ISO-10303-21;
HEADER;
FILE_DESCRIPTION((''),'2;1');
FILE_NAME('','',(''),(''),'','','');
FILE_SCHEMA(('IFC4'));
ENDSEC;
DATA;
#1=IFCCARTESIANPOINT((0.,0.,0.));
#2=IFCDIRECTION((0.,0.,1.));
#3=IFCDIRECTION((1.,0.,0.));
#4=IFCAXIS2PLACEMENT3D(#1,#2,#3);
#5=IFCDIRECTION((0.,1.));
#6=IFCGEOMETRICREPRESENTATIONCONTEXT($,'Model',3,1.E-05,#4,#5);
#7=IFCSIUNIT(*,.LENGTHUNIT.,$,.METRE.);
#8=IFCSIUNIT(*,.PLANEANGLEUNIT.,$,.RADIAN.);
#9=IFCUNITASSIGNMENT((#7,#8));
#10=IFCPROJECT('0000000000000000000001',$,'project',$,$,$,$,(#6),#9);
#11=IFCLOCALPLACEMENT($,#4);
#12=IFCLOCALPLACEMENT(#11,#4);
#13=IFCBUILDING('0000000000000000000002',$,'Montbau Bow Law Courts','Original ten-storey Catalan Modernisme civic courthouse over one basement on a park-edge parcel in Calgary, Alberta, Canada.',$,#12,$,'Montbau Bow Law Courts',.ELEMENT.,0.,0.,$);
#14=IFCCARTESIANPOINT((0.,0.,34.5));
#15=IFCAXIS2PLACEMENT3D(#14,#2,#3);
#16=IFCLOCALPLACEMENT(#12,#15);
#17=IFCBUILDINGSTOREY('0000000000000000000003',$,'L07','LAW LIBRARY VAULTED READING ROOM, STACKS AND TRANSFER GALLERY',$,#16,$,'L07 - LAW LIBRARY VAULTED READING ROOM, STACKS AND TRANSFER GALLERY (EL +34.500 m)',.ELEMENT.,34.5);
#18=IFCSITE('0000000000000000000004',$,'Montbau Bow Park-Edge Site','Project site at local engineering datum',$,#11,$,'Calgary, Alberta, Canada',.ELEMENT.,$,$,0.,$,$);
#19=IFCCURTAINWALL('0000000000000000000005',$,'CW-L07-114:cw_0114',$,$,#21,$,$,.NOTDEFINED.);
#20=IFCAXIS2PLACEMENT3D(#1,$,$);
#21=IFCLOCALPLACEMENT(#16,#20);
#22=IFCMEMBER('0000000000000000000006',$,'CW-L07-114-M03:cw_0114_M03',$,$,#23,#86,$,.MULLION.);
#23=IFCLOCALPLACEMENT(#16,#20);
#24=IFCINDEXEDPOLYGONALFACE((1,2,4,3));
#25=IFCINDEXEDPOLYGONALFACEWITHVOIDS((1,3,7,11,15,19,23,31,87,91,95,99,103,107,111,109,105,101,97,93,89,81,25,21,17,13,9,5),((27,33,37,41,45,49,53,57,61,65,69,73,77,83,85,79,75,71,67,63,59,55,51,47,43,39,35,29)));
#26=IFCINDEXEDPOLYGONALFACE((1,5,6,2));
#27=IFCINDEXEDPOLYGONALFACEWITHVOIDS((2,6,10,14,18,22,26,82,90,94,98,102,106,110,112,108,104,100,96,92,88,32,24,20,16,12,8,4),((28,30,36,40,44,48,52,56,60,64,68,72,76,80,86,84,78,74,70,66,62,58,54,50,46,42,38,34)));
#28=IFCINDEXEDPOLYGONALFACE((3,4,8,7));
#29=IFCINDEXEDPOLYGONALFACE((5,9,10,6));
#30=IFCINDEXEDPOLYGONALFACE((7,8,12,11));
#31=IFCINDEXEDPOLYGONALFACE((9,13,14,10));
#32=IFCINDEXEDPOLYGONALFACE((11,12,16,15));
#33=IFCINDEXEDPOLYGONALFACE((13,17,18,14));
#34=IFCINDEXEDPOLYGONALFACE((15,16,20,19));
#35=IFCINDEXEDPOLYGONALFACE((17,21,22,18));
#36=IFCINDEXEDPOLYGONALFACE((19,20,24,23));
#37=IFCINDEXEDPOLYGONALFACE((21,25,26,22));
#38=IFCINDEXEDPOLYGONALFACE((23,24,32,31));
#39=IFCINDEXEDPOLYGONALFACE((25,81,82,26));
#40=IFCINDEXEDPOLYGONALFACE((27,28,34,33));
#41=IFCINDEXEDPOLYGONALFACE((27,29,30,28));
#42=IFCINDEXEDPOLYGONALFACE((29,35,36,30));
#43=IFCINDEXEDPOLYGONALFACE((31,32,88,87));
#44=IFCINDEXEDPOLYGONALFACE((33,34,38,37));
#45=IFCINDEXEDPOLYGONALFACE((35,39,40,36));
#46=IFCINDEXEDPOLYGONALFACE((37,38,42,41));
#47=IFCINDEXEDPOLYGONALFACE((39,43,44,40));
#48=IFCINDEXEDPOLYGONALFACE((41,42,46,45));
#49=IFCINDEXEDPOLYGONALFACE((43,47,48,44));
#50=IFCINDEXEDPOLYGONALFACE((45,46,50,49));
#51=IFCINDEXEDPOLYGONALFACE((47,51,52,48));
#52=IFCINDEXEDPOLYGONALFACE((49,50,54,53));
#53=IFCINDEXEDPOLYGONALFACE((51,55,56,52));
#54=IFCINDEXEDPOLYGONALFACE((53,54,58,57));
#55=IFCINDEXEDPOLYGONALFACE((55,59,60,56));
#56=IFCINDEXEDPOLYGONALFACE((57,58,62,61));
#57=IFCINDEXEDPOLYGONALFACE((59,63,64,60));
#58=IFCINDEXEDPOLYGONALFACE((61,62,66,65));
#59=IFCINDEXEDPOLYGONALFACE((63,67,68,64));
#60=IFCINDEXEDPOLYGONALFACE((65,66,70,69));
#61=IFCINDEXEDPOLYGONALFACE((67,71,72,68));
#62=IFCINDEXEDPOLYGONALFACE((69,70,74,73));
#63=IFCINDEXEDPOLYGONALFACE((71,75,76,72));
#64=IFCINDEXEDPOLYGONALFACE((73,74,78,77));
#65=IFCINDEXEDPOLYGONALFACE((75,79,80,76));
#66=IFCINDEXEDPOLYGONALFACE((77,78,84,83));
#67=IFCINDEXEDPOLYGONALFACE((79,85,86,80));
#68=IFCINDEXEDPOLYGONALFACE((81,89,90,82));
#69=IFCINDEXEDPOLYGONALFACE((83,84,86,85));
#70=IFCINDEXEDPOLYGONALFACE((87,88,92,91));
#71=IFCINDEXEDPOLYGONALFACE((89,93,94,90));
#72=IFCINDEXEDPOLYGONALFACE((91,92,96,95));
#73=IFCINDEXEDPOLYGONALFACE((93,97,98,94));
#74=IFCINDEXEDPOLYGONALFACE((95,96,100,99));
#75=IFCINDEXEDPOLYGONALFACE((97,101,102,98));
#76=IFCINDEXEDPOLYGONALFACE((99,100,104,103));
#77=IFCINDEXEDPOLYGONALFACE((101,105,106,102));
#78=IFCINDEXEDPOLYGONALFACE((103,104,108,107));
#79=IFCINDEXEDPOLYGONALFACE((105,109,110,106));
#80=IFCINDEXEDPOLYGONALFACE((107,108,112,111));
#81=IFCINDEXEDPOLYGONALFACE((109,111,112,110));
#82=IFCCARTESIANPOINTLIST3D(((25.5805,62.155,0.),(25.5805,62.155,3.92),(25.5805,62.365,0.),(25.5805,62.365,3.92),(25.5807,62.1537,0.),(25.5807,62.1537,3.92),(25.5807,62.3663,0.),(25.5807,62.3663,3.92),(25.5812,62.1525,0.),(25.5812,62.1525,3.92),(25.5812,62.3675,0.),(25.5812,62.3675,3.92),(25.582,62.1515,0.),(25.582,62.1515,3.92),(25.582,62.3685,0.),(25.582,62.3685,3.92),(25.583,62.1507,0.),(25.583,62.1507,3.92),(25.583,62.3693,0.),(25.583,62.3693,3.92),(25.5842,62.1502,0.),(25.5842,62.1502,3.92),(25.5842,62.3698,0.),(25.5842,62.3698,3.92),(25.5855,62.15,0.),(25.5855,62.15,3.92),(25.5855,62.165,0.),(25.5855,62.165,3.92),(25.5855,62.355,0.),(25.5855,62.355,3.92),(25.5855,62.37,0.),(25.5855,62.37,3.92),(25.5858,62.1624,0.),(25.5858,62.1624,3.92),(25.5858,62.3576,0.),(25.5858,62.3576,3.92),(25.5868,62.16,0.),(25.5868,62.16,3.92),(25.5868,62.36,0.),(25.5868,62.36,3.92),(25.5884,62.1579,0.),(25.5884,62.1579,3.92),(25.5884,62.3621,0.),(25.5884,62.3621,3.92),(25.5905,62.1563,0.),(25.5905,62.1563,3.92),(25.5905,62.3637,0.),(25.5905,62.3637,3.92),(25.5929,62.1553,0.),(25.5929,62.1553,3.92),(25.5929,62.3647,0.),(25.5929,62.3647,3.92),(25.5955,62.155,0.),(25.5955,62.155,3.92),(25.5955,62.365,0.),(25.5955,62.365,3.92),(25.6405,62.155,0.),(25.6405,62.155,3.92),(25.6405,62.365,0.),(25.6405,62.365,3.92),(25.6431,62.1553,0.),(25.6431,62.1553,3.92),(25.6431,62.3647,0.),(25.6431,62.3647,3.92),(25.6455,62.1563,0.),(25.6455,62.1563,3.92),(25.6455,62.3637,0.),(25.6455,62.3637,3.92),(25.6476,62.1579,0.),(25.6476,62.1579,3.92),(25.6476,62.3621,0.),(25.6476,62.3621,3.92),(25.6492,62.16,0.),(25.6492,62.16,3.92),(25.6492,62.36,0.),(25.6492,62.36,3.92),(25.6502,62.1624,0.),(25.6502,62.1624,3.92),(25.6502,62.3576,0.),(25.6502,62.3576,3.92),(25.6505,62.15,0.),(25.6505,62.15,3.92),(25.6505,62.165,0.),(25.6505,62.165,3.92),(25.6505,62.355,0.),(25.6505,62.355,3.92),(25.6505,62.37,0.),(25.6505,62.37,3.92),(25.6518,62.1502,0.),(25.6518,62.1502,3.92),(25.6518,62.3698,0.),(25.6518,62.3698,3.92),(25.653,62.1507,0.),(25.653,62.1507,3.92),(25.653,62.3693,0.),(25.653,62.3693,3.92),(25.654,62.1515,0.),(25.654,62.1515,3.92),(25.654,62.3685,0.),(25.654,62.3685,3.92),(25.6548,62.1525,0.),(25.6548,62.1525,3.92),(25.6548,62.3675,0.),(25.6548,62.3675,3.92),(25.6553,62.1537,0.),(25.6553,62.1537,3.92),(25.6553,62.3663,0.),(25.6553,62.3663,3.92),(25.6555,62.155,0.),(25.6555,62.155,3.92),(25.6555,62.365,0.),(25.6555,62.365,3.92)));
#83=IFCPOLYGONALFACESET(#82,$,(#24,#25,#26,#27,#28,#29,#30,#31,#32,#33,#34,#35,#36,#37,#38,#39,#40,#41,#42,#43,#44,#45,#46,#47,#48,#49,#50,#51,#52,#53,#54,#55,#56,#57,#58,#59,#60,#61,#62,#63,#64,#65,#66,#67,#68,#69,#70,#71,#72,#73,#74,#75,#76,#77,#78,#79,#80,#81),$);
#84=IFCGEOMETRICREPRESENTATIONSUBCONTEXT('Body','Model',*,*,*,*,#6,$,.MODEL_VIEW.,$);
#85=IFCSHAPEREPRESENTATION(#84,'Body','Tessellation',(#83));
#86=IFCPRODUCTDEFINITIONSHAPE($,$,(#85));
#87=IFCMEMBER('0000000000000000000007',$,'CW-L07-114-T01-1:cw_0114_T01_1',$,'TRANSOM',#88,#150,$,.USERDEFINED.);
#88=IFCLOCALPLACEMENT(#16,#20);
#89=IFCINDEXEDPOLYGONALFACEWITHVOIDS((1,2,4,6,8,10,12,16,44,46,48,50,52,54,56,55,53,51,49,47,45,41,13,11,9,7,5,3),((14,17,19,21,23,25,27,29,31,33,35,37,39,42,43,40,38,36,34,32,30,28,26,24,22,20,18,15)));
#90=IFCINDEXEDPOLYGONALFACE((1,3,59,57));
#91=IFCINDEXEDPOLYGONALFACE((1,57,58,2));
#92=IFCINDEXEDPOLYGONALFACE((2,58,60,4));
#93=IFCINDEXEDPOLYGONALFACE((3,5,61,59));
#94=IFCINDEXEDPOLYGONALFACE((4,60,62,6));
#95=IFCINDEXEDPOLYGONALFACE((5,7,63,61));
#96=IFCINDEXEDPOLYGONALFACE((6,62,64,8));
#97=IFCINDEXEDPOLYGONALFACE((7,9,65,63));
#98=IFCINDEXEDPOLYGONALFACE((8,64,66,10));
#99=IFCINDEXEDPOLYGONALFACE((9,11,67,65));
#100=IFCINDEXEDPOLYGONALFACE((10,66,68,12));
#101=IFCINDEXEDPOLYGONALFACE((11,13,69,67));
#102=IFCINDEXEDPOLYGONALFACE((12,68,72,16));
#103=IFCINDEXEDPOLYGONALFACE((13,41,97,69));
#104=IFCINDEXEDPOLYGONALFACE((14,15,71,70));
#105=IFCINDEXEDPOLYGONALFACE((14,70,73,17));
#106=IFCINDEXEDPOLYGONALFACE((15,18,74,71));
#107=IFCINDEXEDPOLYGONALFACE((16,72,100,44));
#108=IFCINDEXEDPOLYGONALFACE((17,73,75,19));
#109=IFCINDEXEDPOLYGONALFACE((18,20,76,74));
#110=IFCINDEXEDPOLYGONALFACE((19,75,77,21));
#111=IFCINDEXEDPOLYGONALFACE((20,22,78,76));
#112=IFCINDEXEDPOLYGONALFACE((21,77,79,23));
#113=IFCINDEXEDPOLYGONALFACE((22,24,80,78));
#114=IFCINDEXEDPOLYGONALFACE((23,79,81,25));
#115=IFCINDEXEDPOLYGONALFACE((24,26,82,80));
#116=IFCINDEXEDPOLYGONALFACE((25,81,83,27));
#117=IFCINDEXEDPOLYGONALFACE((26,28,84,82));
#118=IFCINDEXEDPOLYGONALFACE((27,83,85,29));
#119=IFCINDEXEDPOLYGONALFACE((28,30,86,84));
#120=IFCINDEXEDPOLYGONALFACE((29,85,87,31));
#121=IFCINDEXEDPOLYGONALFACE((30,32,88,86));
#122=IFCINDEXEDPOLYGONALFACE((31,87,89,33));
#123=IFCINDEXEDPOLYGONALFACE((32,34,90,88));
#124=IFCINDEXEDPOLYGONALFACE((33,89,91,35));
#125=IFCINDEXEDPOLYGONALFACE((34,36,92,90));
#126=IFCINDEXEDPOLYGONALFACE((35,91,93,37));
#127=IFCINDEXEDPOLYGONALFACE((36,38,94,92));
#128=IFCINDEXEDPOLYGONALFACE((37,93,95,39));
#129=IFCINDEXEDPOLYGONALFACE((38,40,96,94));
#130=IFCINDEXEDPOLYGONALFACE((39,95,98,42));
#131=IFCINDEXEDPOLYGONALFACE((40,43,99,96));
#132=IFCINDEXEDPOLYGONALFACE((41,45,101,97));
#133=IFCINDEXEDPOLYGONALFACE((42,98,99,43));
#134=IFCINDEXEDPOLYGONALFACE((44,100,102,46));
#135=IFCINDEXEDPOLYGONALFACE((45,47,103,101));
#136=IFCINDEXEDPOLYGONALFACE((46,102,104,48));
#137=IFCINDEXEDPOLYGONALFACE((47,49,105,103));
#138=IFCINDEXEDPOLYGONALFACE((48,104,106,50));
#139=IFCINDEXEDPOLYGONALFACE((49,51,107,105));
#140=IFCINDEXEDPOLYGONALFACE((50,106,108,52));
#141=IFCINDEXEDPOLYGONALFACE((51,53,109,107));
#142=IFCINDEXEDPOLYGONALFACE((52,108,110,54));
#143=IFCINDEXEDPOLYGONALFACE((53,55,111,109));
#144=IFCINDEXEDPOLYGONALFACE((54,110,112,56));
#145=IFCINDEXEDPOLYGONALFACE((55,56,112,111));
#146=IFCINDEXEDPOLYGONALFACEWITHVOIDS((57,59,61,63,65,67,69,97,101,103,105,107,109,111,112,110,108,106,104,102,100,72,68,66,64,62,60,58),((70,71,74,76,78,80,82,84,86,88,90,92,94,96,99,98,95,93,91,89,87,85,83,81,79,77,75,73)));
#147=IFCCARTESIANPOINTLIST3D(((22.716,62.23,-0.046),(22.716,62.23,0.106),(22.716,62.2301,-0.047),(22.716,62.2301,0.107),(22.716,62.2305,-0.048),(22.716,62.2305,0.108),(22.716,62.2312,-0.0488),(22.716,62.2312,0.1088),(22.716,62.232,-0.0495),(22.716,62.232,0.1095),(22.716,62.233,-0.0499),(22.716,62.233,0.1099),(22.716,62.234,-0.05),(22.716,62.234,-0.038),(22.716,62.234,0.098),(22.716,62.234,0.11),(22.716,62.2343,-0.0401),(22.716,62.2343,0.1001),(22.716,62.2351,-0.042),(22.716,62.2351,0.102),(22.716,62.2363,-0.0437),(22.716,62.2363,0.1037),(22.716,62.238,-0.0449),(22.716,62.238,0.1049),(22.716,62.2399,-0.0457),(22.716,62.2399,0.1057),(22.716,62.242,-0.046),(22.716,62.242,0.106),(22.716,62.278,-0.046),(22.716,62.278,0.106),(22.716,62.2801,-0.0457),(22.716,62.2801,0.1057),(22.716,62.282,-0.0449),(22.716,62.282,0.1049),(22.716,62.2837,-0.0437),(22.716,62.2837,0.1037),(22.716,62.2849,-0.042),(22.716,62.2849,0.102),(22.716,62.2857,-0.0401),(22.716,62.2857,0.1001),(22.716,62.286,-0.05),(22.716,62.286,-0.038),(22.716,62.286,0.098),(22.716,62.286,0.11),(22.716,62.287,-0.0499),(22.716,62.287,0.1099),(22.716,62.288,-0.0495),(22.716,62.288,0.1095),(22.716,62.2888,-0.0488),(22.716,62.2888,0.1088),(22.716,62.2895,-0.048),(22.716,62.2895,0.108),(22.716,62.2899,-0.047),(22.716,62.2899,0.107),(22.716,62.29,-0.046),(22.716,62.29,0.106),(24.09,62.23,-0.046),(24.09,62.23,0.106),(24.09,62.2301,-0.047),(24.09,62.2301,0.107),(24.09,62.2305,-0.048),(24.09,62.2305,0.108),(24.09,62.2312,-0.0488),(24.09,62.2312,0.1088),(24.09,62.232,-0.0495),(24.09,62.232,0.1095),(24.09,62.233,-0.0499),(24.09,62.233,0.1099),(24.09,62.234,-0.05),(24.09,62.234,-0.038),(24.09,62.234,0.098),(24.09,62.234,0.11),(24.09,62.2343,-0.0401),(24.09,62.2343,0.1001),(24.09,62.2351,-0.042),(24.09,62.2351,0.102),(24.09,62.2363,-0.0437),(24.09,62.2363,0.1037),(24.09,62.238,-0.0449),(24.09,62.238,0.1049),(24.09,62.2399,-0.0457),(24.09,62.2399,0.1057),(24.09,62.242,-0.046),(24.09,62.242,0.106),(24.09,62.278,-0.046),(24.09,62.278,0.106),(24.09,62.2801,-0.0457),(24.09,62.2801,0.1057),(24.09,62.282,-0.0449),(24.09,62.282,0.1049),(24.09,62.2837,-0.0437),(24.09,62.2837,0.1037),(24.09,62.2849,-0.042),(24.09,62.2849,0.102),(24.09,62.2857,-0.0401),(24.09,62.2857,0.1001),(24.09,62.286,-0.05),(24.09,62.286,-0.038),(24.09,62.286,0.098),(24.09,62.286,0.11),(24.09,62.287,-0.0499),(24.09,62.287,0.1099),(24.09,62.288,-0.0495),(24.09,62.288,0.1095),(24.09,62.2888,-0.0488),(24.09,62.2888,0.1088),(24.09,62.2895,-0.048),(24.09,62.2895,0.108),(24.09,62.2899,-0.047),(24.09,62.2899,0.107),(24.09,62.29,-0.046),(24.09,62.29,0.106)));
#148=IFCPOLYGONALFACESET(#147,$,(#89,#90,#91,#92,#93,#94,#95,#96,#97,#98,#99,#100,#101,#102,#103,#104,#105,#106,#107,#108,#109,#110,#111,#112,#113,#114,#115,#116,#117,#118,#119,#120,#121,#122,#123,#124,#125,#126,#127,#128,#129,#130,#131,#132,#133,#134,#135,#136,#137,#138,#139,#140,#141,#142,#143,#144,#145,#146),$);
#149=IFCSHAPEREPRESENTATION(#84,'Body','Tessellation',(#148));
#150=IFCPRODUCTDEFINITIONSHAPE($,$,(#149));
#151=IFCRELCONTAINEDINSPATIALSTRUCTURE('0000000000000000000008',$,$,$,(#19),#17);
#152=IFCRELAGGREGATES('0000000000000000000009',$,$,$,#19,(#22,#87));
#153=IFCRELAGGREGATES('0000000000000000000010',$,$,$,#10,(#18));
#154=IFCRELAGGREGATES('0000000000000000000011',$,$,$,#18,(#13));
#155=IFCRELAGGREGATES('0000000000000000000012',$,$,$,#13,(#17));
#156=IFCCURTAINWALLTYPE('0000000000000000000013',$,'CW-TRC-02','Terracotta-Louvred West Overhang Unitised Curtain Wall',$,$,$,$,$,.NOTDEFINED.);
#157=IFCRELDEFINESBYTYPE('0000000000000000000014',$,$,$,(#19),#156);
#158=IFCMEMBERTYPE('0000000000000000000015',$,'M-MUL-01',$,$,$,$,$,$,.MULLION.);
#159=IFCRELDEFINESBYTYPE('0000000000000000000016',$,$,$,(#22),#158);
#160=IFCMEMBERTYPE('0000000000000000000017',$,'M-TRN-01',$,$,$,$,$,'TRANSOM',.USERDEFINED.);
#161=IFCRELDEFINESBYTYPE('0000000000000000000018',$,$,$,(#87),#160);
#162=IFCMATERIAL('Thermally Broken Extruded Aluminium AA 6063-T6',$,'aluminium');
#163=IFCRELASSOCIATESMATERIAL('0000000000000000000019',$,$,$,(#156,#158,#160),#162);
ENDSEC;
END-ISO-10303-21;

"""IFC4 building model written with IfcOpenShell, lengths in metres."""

from ifc_helpers import new_model, si_unit, direction, frame, origin_with_axes, origin_2d_with_axis, place, context, subcontext, project, spatial, hollow_rectangle, extrude, material, material_profile, profile_set, type_object, element, aggregate, save


model = new_model("IFC4")

# Units and contexts
model_context = context("Model", 3, precision=1e-05, world=origin_with_axes(), true_north=direction((0.0, 1.0)))
body_context = subcontext(model_context, "Body", "Model", "MODEL_VIEW")
ifc_project = project(units=[si_unit("LENGTHUNIT", "METRE"), si_unit("PLANEANGLEUNIT", "RADIAN")], contexts=[model_context])

# Site, building, storey
site_placement = place(None, origin_with_axes())
site = spatial("IfcSite", under=ifc_project, at=site_placement, Name="Montbau Bow Park-Edge Site", Description="Project site at local engineering datum", LongName="Calgary, Alberta, Canada", CompositionType="ELEMENT", RefElevation=0.0)
building_placement = place(site_placement, origin_with_axes())
building = spatial("IfcBuilding", under=site, at=building_placement, Name="Montbau Bow Law Courts", Description="Original ten-storey Catalan Modernisme civic courthouse over one basement on a park-edge parcel in Calgary, Alberta, Canada.", LongName="Montbau Bow Law Courts", CompositionType="ELEMENT", ElevationOfRefHeight=0.0, ElevationOfTerrain=0.0)
storey_placement = place(building_placement, frame((0.0, 0.0, 34.5), z_axis=(0.0, 0.0, 1.0), x_axis=(1.0, 0.0, 0.0)))
storey = spatial("IfcBuildingStorey", under=building, at=storey_placement, Name="L07", Description="LAW LIBRARY VAULTED READING ROOM, STACKS AND TRANSFER GALLERY", LongName="L07 - LAW LIBRARY VAULTED READING ROOM, STACKS AND TRANSFER GALLERY (EL +34.500 m)", CompositionType="ELEMENT", Elevation=34.5)

# Curtain wall, members
ifc_material_1 = material(Name="Thermally Broken Extruded Aluminium AA 6063-T6", Category="aluminium")
curtain_wall_type = type_object("IfcCurtainWallType", Name="CW-TRC-02", Description="Terracotta-Louvred West Overhang Unitised Curtain Wall", PredefinedType="NOTDEFINED", material=ifc_material_1)
curtain_wall_placement = place(None, frame((22.64, 62.26, 34.5), z_axis=(0.0, 0.0, 1.0), x_axis=(1.0, 0.0, 0.0)))
curtain_wall = element("IfcCurtainWall", 1, at=curtain_wall_placement, inside=storey, type_object=curtain_wall_type, Name="CW-L07-114:cw_0114", PredefinedType="NOTDEFINED")
ifc_material_profile_1 = material_profile(ifc_material_1, hollow_rectangle(XDim=0.075, YDim=0.22, WallThickness=0.005, InnerFilletRadius=0.01, OuterFilletRadius=0.005, at=origin_2d_with_axis()), Name="CWM-220X75", Category="Main", Priority=0)
ifc_profile_set_1 = profile_set([ifc_material_profile_1], Name="Thermally Broken Extruded Aluminium AA 6063-T6")
member_type_1 = type_object("IfcMemberType", Name="M-MUL-01", PredefinedType="MULLION", material=ifc_profile_set_1)
member_1_placement = place(None, frame((25.618, 62.26, 34.5), z_axis=(0.0, 0.0, 1.0), x_axis=(1.0, 0.0, 0.0)))
member_1 = element("IfcMember", 2, at=member_1_placement, type_object=member_type_1, Name="CW-L07-114-M03:cw_0114_M03", PredefinedType="MULLION", context=body_context, shape_type="SweptSolid", body=[
    extrude(hollow_rectangle(XDim=0.075, YDim=0.22, WallThickness=0.005, InnerFilletRadius=0.01, OuterFilletRadius=0.005, at=origin_2d_with_axis()), origin_with_axes(), (0.0, 0.0, 1.0), 3.92),
])
ifc_material_profile_2 = material_profile(ifc_material_1, hollow_rectangle(XDim=0.06, YDim=0.16, WallThickness=0.004, InnerFilletRadius=0.008, OuterFilletRadius=0.004, at=origin_2d_with_axis()), Name="CWT-160X60", Category="Main", Priority=0)
ifc_profile_set_2 = profile_set([ifc_material_profile_2], Name="Thermally Broken Extruded Aluminium AA 6063-T6")
member_type_2 = type_object("IfcMemberType", Name="M-TRN-01", ElementType="TRANSOM", PredefinedType="USERDEFINED", material=ifc_profile_set_2)
member_2_placement = place(None, frame((22.716, 62.26, 34.53), z_axis=(1.0, 0.0, 0.0), x_axis=(0.0, 1.0, 0.0)))
member_2 = element("IfcMember", 3, at=member_2_placement, type_object=member_type_2, Name="CW-L07-114-T01-1:cw_0114_T01_1", ObjectType="TRANSOM", PredefinedType="USERDEFINED", context=body_context, shape_type="SweptSolid", body=[
    extrude(hollow_rectangle(XDim=0.06, YDim=0.16, WallThickness=0.004, InnerFilletRadius=0.008, OuterFilletRadius=0.004, at=origin_2d_with_axis()), origin_with_axes(), (0.0, 0.0, 1.0), 1.374),
])
aggregate(curtain_wall, [member_1, member_2])

save(model, "model.ifc")
